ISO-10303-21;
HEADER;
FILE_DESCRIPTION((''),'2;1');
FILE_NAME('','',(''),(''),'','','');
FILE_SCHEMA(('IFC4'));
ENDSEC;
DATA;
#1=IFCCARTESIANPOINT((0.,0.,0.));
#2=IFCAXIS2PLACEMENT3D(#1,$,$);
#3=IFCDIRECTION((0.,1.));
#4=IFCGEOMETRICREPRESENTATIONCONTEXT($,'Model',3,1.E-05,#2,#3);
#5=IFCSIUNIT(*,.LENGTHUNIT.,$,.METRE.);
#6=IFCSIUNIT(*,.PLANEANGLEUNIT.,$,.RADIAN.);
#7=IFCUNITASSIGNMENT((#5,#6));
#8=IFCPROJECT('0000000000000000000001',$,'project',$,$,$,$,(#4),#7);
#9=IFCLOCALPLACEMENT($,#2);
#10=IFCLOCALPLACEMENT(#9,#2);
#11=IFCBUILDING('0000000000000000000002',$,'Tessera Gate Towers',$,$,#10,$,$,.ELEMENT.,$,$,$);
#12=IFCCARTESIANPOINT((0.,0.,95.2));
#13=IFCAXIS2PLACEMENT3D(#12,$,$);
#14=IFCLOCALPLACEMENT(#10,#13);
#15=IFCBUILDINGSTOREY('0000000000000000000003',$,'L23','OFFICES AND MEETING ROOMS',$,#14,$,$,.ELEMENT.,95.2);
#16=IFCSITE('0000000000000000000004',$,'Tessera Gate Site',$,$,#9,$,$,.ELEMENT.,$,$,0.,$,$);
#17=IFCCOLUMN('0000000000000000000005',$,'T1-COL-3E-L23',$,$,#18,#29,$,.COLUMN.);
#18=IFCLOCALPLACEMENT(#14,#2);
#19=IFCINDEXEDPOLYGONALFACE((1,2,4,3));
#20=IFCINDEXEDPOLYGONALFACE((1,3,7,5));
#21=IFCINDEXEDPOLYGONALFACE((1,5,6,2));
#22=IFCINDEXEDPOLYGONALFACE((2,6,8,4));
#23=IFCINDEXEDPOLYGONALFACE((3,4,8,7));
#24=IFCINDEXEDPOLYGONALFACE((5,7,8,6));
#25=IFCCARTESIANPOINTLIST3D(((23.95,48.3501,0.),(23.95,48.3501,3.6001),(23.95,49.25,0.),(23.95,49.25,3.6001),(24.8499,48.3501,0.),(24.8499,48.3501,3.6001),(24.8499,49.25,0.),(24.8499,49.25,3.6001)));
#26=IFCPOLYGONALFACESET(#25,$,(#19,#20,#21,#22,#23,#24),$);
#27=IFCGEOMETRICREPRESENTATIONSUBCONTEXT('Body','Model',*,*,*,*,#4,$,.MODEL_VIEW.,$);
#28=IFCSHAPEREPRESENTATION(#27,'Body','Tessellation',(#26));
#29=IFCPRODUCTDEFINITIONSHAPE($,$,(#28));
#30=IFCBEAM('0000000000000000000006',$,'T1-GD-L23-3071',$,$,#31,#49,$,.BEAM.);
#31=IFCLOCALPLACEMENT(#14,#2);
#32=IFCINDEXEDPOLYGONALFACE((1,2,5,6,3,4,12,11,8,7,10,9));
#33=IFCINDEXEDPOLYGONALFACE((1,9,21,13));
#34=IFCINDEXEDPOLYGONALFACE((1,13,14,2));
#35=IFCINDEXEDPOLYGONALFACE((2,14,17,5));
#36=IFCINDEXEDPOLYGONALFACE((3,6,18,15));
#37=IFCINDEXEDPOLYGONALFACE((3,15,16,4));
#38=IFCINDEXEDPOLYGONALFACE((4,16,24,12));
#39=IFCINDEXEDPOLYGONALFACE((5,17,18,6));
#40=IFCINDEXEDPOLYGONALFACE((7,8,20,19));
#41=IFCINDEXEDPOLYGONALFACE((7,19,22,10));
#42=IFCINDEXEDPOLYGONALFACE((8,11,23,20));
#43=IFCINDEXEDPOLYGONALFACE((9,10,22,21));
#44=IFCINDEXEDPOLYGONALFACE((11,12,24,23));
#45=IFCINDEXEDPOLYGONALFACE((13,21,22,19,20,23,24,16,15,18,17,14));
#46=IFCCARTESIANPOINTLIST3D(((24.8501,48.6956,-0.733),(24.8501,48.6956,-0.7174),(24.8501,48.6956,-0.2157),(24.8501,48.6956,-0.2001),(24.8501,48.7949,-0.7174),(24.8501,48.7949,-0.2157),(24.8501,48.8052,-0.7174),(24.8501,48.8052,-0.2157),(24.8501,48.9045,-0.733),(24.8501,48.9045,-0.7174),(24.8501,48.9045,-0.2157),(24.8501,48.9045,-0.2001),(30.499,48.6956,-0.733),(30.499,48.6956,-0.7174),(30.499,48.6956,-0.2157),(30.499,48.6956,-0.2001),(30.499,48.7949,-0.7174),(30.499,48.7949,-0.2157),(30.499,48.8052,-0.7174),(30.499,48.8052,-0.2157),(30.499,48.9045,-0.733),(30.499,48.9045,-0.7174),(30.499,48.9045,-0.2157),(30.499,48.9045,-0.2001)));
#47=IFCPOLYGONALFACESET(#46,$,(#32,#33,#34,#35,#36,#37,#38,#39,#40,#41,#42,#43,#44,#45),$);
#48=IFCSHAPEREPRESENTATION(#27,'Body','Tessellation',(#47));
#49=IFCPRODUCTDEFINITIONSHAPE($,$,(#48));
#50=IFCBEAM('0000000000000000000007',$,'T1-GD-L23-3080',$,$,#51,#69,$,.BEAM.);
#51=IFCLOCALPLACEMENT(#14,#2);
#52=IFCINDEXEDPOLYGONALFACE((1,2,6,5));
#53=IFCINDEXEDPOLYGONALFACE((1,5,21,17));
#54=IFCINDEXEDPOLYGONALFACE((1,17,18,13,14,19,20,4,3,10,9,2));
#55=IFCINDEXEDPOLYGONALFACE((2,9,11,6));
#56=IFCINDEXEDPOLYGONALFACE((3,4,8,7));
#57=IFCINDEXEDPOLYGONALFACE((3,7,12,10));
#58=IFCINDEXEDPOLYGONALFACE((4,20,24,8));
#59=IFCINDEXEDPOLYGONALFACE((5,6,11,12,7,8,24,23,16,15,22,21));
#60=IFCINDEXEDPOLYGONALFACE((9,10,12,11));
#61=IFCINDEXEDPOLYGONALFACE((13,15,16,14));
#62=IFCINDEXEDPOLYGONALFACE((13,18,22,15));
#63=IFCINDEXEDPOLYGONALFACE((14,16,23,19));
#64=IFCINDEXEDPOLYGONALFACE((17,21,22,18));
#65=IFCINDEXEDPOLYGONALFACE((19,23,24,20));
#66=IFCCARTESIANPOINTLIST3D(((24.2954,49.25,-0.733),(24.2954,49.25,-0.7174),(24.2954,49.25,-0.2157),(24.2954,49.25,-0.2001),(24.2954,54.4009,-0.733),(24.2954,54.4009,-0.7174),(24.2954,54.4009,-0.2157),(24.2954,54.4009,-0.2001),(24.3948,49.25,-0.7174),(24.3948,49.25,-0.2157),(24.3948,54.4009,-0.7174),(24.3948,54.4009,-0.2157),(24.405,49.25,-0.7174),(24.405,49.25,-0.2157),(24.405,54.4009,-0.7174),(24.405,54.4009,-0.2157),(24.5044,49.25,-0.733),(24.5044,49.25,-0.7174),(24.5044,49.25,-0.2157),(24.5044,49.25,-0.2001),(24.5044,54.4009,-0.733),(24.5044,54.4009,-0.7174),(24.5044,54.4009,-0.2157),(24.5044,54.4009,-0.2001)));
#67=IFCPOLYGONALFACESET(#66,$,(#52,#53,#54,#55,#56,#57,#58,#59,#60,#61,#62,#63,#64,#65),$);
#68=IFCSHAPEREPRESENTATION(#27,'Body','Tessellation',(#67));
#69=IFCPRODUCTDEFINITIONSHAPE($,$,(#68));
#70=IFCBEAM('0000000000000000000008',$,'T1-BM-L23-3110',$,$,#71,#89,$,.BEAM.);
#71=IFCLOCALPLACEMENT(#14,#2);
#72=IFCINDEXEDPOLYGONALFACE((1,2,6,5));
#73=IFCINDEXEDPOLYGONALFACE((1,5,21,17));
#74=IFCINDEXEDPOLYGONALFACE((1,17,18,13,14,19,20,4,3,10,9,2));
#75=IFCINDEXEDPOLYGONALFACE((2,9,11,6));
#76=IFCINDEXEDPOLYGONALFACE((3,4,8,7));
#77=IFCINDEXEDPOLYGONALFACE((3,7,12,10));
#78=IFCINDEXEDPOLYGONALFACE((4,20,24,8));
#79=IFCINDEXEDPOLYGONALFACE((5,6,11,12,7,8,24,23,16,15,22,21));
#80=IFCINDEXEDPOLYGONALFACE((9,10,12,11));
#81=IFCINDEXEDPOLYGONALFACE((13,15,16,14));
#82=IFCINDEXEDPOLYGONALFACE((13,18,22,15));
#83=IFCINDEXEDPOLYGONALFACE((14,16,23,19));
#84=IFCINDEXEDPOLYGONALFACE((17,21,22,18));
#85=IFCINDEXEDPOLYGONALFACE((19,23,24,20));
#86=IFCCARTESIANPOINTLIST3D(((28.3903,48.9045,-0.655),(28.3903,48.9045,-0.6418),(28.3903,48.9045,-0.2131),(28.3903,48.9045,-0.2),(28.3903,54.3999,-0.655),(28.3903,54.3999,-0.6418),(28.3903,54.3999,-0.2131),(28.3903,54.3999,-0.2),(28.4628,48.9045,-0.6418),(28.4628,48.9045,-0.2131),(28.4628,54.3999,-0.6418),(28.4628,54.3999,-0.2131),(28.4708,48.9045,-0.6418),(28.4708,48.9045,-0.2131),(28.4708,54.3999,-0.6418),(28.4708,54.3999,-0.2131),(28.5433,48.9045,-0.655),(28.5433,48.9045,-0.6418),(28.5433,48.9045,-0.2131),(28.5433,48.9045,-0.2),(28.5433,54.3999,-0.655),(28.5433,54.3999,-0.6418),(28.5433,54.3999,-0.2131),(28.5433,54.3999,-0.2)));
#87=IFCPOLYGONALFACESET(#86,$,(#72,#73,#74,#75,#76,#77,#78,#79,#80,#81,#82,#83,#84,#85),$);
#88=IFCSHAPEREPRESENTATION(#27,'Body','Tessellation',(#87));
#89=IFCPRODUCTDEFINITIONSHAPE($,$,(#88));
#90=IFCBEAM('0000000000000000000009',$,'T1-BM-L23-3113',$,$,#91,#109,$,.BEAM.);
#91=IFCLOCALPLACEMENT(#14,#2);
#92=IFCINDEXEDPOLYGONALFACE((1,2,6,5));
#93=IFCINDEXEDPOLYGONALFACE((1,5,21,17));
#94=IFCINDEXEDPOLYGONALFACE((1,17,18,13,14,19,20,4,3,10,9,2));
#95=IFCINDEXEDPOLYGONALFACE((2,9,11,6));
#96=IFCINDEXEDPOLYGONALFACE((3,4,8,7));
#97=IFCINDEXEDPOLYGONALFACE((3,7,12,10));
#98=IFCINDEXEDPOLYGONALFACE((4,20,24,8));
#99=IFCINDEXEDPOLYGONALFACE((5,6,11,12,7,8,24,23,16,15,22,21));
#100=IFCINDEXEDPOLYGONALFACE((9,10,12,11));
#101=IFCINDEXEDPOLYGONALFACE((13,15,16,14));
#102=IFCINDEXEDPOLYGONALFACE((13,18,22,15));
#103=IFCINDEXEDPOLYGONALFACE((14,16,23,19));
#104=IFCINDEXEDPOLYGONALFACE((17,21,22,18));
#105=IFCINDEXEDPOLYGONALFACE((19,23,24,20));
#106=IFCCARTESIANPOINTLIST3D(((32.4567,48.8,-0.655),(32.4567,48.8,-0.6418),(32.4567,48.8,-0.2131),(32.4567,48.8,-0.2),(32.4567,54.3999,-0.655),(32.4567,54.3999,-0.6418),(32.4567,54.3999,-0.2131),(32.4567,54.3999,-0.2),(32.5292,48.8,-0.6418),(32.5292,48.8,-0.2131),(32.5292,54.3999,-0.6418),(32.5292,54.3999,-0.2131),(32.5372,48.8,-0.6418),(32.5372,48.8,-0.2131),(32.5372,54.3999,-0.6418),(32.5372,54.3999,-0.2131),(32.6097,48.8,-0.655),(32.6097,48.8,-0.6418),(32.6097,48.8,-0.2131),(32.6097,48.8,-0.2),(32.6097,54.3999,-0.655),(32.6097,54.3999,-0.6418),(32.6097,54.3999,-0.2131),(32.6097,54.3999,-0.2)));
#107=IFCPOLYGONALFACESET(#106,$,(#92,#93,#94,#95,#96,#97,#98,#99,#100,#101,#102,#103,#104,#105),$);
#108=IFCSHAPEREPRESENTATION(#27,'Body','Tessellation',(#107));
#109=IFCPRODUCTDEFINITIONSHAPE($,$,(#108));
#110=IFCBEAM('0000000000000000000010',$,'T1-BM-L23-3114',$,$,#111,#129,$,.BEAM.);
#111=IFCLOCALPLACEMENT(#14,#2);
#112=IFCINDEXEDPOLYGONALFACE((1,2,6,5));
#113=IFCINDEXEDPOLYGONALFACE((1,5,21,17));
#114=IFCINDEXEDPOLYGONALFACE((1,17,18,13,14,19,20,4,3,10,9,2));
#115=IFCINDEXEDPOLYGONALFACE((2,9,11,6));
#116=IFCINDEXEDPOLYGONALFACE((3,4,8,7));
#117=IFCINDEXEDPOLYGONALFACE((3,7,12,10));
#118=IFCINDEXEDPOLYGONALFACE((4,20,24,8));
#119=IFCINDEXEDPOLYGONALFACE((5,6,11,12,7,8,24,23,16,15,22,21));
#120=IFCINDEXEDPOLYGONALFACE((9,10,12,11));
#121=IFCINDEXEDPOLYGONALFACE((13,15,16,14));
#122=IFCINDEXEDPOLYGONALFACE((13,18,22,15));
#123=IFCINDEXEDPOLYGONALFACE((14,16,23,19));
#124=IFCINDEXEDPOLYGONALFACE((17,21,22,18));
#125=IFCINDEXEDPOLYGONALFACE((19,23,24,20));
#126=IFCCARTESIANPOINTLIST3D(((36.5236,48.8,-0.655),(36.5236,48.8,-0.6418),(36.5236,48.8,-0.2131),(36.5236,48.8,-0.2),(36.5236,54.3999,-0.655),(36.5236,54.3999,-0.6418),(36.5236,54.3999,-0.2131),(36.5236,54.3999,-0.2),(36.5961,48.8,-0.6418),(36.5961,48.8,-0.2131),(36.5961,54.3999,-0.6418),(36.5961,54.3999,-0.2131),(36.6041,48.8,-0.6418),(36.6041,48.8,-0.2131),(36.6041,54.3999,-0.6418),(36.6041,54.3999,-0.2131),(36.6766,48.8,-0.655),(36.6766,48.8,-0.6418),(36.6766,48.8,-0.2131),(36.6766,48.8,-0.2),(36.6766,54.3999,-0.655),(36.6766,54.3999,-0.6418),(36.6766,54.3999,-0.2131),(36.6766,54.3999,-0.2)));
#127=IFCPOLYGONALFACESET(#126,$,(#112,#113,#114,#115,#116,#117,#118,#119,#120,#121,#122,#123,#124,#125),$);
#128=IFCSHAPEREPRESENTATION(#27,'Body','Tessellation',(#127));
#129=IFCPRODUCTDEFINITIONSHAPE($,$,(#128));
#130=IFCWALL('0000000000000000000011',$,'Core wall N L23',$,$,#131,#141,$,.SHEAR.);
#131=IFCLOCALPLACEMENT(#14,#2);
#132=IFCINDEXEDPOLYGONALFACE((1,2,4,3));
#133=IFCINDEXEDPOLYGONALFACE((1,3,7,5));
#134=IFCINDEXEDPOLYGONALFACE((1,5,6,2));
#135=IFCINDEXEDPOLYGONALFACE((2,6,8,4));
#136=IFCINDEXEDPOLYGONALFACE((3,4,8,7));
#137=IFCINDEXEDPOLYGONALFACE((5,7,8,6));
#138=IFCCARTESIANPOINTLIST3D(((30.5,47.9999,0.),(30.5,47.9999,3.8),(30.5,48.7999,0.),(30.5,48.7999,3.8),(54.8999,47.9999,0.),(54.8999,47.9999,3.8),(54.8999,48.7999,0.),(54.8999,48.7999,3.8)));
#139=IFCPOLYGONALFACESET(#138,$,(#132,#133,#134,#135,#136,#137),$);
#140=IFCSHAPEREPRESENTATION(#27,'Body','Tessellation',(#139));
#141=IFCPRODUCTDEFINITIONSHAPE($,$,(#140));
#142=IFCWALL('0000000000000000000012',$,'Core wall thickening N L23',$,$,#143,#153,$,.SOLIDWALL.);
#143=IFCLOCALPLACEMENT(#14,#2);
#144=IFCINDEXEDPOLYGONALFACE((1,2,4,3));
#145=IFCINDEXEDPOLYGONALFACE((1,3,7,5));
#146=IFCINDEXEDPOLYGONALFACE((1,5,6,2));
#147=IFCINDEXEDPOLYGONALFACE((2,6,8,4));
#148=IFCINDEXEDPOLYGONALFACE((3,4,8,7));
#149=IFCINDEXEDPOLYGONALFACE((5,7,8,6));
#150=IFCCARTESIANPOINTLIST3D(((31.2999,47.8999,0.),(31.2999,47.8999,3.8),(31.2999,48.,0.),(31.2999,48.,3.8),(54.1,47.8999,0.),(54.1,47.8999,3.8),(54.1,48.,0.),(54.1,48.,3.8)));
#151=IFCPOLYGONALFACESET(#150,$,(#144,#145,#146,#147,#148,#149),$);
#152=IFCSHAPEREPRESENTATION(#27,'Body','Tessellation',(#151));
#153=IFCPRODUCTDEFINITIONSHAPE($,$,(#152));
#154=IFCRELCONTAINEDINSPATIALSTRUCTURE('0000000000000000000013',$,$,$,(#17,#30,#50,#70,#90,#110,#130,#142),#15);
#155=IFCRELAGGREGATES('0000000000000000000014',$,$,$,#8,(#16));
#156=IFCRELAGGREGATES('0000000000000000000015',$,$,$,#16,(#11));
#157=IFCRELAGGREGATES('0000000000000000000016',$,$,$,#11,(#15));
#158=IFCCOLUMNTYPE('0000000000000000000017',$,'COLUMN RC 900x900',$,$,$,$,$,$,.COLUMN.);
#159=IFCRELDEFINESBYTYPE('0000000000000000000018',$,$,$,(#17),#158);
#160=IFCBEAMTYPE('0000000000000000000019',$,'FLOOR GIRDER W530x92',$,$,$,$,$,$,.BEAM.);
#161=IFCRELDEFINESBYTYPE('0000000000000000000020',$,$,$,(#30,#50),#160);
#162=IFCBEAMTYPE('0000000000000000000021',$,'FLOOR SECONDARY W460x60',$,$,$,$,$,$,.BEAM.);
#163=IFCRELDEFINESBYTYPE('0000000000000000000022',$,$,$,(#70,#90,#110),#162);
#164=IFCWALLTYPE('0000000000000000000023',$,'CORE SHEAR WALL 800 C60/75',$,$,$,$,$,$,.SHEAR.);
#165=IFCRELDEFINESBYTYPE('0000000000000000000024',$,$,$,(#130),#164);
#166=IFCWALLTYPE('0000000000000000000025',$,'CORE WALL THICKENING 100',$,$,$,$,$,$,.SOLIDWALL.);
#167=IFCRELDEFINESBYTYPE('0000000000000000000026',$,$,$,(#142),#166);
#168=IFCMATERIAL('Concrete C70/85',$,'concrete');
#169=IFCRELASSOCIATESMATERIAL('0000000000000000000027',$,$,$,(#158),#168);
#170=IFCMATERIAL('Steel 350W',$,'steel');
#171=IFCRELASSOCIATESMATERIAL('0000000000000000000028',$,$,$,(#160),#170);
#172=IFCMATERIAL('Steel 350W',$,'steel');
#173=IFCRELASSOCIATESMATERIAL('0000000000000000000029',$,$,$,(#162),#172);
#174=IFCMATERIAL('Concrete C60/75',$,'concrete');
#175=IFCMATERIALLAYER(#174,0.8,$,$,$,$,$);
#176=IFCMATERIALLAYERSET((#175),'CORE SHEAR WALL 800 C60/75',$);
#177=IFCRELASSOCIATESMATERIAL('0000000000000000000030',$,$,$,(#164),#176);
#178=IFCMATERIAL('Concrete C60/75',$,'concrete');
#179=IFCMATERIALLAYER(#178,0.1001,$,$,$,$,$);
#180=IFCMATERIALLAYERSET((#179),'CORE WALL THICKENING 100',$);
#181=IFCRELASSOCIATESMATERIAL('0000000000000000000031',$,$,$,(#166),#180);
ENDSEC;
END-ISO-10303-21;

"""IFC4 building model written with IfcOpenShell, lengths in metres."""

from ifc_helpers import new_model, si_unit, direction, frame, frame_2d, origin, origin_2d, place, context, subcontext, project, spatial, rectangle, i_section, extrude, material, layer, layer_set, material_profile, profile_set, type_object, element, save


model = new_model("IFC4")

# Units and contexts
model_context = context("Model", 3, precision=1e-05, world=origin(), true_north=direction((0.0, 1.0)))
body_context = subcontext(model_context, "Body", "Model", "MODEL_VIEW")
ifc_project = project(units=[si_unit("LENGTHUNIT", "METRE"), si_unit("PLANEANGLEUNIT", "RADIAN")], contexts=[model_context])

# Site, building, storey
site_placement = place(None, origin())
site = spatial("IfcSite", under=ifc_project, at=site_placement, Name="Tessera Gate Site", CompositionType="ELEMENT", RefElevation=0.0)
building_placement = place(site_placement, origin())
building = spatial("IfcBuilding", under=site, at=building_placement, Name="Tessera Gate Towers", CompositionType="ELEMENT")
storey_placement = place(building_placement, frame((0.0, 0.0, 95.2)))
storey = spatial("IfcBuildingStorey", under=building, at=storey_placement, Name="L23", Description="OFFICES AND MEETING ROOMS", CompositionType="ELEMENT", Elevation=95.2)

# Column
ifc_material_1 = material(Name="Concrete C70/85", Category="concrete")
ifc_material_profile_1 = material_profile(ifc_material_1, rectangle(XDim=0.8999, YDim=0.8999, at=origin_2d()), Name="RC 900x900")
ifc_profile_set_1 = profile_set([ifc_material_profile_1], Name="Concrete C70/85")
column_type = type_object("IfcColumnType", Name="COLUMN RC 900x900", PredefinedType="COLUMN", material=ifc_profile_set_1)
column_placement = place(storey_placement, frame((24.3999, 48.8, 0.0), z_axis=(0.0, 0.0, 1.0), x_axis=(1.0, 0.0, 0.0)))
element("IfcColumn", 1, at=column_placement, inside=storey, type_object=column_type, Name="T1-COL-3E-L23", PredefinedType="COLUMN", context=body_context, shape_type="SweptSolid", body=[
    extrude(rectangle(XDim=0.8999, YDim=0.8999, at=origin_2d()), origin(), (0.0, 0.0, 1.0), 3.6001),
])

# Beams
ifc_material_2 = material(Name="Steel 350W", Category="steel")
ifc_material_profile_2 = material_profile(ifc_material_2, i_section(OverallWidth=0.209, OverallDepth=0.533, WebThickness=0.0103, FlangeThickness=0.0156, at=origin_2d()), Name="W530x92")
ifc_profile_set_2 = profile_set([ifc_material_profile_2], Name="Steel 350W")
beam_type_1 = type_object("IfcBeamType", Name="FLOOR GIRDER W530x92", PredefinedType="BEAM", material=ifc_profile_set_2)
beam_1_placement = place(storey_placement, frame((24.8501, 48.8, -0.4666), z_axis=(1.0, 0.0, 0.0), x_axis=(0.0, 1.0, 0.0)))
element("IfcBeam", 2, at=beam_1_placement, inside=storey, type_object=beam_type_1, Name="T1-GD-L23-3071", PredefinedType="BEAM", context=body_context, shape_type="SweptSolid", body=[
    extrude(i_section(OverallWidth=0.209, OverallDepth=0.533, WebThickness=0.0103, FlangeThickness=0.0156, at=origin_2d()), origin(), (0.0, 0.0, 1.0), 5.6489),
])
beam_2_placement = place(storey_placement, frame((24.3999, 49.25, -0.4666), z_axis=(0.0, 1.0, 0.0), x_axis=(-1.0, 0.0, 0.0)))
element("IfcBeam", 3, at=beam_2_placement, inside=storey, type_object=beam_type_1, Name="T1-GD-L23-3080", PredefinedType="BEAM", context=body_context, shape_type="SweptSolid", body=[
    extrude(i_section(OverallWidth=0.209, OverallDepth=0.533, WebThickness=0.0103, FlangeThickness=0.0156, at=origin_2d()), origin(), (0.0, 0.0, 1.0), 5.1509),
])
ifc_material_3 = material(Name="Steel 350W", Category="steel")
ifc_material_profile_3 = material_profile(ifc_material_3, i_section(OverallWidth=0.1531, OverallDepth=0.4551, WebThickness=0.0081, FlangeThickness=0.0132, at=origin_2d()), Name="W460x60")
ifc_profile_set_3 = profile_set([ifc_material_profile_3], Name="Steel 350W")
beam_type_2 = type_object("IfcBeamType", Name="FLOOR SECONDARY W460x60", PredefinedType="BEAM", material=ifc_profile_set_3)
beam_3_placement = place(storey_placement, frame((28.4668, 48.9045, -0.4275), z_axis=(0.0, 1.0, 0.0), x_axis=(-1.0, 0.0, 0.0)))
element("IfcBeam", 4, at=beam_3_placement, inside=storey, type_object=beam_type_2, Name="T1-BM-L23-3110", PredefinedType="BEAM", context=body_context, shape_type="SweptSolid", body=[
    extrude(i_section(OverallWidth=0.1531, OverallDepth=0.4551, WebThickness=0.0081, FlangeThickness=0.0132, at=origin_2d()), origin(), (0.0, 0.0, 1.0), 5.4954),
])
for number, where, z_axis, x_axis, name in (
    (5, (32.5332, 48.8, -0.4275), (0.0, 1.0, 0.0), (-1.0, 0.0, 0.0), "T1-BM-L23-3113"),
    (6, (36.6001, 48.8, -0.4275), (0.0, 1.0, 0.0), (-1.0, 0.0, 0.0), "T1-BM-L23-3114"),
):
    element("IfcBeam", number, at=place(storey_placement, frame(where, z_axis=z_axis, x_axis=x_axis)), inside=storey, type_object=beam_type_2, Name=name, PredefinedType="BEAM", context=body_context, shape_type="SweptSolid", body=[
        extrude(i_section(OverallWidth=0.1531, OverallDepth=0.4551, WebThickness=0.0081, FlangeThickness=0.0132, at=origin_2d()), origin(), (0.0, 0.0, 1.0), 5.5999),
    ])

# Walls
ifc_material_4 = material(Name="Concrete C60/75", Category="concrete")
ifc_layer_1 = layer(ifc_material_4, 0.8)
ifc_layer_set_1 = layer_set([ifc_layer_1], Name="CORE SHEAR WALL 800 C60/75")
wall_type_1 = type_object("IfcWallType", Name="CORE SHEAR WALL 800 C60/75", PredefinedType="SHEAR", material=ifc_layer_set_1)
wall_1_placement = place(storey_placement, frame((30.5, 48.3999, 0.0), z_axis=(0.0, 0.0, 1.0), x_axis=(1.0, 0.0, 0.0)))
element("IfcWall", 7, at=wall_1_placement, inside=storey, type_object=wall_type_1, Name="Core wall N L23", PredefinedType="SHEAR", context=body_context, shape_type="SweptSolid", body=[
    extrude(rectangle(XDim=24.3999, YDim=0.8, at=frame_2d((12.2, 0.0))), origin(), (0.0, 0.0, 1.0), 3.8),
])
ifc_material_5 = material(Name="Concrete C60/75", Category="concrete")
ifc_layer_2 = layer(ifc_material_5, 0.1001)
ifc_layer_set_2 = layer_set([ifc_layer_2], Name="CORE WALL THICKENING 100")
wall_type_2 = type_object("IfcWallType", Name="CORE WALL THICKENING 100", PredefinedType="SOLIDWALL", material=ifc_layer_set_2)
wall_2_placement = place(storey_placement, frame((31.3, 47.95, 0.0), z_axis=(0.0, 0.0, 1.0), x_axis=(1.0, 0.0, 0.0)))
element("IfcWall", 8, at=wall_2_placement, inside=storey, type_object=wall_type_2, Name="Core wall thickening N L23", PredefinedType="SOLIDWALL", context=body_context, shape_type="SweptSolid", body=[
    extrude(rectangle(XDim=22.8, YDim=0.1001, at=frame_2d((11.3999, 0.0))), origin(), (0.0, 0.0, 1.0), 3.8),
])

save(model, "model.ifc")
